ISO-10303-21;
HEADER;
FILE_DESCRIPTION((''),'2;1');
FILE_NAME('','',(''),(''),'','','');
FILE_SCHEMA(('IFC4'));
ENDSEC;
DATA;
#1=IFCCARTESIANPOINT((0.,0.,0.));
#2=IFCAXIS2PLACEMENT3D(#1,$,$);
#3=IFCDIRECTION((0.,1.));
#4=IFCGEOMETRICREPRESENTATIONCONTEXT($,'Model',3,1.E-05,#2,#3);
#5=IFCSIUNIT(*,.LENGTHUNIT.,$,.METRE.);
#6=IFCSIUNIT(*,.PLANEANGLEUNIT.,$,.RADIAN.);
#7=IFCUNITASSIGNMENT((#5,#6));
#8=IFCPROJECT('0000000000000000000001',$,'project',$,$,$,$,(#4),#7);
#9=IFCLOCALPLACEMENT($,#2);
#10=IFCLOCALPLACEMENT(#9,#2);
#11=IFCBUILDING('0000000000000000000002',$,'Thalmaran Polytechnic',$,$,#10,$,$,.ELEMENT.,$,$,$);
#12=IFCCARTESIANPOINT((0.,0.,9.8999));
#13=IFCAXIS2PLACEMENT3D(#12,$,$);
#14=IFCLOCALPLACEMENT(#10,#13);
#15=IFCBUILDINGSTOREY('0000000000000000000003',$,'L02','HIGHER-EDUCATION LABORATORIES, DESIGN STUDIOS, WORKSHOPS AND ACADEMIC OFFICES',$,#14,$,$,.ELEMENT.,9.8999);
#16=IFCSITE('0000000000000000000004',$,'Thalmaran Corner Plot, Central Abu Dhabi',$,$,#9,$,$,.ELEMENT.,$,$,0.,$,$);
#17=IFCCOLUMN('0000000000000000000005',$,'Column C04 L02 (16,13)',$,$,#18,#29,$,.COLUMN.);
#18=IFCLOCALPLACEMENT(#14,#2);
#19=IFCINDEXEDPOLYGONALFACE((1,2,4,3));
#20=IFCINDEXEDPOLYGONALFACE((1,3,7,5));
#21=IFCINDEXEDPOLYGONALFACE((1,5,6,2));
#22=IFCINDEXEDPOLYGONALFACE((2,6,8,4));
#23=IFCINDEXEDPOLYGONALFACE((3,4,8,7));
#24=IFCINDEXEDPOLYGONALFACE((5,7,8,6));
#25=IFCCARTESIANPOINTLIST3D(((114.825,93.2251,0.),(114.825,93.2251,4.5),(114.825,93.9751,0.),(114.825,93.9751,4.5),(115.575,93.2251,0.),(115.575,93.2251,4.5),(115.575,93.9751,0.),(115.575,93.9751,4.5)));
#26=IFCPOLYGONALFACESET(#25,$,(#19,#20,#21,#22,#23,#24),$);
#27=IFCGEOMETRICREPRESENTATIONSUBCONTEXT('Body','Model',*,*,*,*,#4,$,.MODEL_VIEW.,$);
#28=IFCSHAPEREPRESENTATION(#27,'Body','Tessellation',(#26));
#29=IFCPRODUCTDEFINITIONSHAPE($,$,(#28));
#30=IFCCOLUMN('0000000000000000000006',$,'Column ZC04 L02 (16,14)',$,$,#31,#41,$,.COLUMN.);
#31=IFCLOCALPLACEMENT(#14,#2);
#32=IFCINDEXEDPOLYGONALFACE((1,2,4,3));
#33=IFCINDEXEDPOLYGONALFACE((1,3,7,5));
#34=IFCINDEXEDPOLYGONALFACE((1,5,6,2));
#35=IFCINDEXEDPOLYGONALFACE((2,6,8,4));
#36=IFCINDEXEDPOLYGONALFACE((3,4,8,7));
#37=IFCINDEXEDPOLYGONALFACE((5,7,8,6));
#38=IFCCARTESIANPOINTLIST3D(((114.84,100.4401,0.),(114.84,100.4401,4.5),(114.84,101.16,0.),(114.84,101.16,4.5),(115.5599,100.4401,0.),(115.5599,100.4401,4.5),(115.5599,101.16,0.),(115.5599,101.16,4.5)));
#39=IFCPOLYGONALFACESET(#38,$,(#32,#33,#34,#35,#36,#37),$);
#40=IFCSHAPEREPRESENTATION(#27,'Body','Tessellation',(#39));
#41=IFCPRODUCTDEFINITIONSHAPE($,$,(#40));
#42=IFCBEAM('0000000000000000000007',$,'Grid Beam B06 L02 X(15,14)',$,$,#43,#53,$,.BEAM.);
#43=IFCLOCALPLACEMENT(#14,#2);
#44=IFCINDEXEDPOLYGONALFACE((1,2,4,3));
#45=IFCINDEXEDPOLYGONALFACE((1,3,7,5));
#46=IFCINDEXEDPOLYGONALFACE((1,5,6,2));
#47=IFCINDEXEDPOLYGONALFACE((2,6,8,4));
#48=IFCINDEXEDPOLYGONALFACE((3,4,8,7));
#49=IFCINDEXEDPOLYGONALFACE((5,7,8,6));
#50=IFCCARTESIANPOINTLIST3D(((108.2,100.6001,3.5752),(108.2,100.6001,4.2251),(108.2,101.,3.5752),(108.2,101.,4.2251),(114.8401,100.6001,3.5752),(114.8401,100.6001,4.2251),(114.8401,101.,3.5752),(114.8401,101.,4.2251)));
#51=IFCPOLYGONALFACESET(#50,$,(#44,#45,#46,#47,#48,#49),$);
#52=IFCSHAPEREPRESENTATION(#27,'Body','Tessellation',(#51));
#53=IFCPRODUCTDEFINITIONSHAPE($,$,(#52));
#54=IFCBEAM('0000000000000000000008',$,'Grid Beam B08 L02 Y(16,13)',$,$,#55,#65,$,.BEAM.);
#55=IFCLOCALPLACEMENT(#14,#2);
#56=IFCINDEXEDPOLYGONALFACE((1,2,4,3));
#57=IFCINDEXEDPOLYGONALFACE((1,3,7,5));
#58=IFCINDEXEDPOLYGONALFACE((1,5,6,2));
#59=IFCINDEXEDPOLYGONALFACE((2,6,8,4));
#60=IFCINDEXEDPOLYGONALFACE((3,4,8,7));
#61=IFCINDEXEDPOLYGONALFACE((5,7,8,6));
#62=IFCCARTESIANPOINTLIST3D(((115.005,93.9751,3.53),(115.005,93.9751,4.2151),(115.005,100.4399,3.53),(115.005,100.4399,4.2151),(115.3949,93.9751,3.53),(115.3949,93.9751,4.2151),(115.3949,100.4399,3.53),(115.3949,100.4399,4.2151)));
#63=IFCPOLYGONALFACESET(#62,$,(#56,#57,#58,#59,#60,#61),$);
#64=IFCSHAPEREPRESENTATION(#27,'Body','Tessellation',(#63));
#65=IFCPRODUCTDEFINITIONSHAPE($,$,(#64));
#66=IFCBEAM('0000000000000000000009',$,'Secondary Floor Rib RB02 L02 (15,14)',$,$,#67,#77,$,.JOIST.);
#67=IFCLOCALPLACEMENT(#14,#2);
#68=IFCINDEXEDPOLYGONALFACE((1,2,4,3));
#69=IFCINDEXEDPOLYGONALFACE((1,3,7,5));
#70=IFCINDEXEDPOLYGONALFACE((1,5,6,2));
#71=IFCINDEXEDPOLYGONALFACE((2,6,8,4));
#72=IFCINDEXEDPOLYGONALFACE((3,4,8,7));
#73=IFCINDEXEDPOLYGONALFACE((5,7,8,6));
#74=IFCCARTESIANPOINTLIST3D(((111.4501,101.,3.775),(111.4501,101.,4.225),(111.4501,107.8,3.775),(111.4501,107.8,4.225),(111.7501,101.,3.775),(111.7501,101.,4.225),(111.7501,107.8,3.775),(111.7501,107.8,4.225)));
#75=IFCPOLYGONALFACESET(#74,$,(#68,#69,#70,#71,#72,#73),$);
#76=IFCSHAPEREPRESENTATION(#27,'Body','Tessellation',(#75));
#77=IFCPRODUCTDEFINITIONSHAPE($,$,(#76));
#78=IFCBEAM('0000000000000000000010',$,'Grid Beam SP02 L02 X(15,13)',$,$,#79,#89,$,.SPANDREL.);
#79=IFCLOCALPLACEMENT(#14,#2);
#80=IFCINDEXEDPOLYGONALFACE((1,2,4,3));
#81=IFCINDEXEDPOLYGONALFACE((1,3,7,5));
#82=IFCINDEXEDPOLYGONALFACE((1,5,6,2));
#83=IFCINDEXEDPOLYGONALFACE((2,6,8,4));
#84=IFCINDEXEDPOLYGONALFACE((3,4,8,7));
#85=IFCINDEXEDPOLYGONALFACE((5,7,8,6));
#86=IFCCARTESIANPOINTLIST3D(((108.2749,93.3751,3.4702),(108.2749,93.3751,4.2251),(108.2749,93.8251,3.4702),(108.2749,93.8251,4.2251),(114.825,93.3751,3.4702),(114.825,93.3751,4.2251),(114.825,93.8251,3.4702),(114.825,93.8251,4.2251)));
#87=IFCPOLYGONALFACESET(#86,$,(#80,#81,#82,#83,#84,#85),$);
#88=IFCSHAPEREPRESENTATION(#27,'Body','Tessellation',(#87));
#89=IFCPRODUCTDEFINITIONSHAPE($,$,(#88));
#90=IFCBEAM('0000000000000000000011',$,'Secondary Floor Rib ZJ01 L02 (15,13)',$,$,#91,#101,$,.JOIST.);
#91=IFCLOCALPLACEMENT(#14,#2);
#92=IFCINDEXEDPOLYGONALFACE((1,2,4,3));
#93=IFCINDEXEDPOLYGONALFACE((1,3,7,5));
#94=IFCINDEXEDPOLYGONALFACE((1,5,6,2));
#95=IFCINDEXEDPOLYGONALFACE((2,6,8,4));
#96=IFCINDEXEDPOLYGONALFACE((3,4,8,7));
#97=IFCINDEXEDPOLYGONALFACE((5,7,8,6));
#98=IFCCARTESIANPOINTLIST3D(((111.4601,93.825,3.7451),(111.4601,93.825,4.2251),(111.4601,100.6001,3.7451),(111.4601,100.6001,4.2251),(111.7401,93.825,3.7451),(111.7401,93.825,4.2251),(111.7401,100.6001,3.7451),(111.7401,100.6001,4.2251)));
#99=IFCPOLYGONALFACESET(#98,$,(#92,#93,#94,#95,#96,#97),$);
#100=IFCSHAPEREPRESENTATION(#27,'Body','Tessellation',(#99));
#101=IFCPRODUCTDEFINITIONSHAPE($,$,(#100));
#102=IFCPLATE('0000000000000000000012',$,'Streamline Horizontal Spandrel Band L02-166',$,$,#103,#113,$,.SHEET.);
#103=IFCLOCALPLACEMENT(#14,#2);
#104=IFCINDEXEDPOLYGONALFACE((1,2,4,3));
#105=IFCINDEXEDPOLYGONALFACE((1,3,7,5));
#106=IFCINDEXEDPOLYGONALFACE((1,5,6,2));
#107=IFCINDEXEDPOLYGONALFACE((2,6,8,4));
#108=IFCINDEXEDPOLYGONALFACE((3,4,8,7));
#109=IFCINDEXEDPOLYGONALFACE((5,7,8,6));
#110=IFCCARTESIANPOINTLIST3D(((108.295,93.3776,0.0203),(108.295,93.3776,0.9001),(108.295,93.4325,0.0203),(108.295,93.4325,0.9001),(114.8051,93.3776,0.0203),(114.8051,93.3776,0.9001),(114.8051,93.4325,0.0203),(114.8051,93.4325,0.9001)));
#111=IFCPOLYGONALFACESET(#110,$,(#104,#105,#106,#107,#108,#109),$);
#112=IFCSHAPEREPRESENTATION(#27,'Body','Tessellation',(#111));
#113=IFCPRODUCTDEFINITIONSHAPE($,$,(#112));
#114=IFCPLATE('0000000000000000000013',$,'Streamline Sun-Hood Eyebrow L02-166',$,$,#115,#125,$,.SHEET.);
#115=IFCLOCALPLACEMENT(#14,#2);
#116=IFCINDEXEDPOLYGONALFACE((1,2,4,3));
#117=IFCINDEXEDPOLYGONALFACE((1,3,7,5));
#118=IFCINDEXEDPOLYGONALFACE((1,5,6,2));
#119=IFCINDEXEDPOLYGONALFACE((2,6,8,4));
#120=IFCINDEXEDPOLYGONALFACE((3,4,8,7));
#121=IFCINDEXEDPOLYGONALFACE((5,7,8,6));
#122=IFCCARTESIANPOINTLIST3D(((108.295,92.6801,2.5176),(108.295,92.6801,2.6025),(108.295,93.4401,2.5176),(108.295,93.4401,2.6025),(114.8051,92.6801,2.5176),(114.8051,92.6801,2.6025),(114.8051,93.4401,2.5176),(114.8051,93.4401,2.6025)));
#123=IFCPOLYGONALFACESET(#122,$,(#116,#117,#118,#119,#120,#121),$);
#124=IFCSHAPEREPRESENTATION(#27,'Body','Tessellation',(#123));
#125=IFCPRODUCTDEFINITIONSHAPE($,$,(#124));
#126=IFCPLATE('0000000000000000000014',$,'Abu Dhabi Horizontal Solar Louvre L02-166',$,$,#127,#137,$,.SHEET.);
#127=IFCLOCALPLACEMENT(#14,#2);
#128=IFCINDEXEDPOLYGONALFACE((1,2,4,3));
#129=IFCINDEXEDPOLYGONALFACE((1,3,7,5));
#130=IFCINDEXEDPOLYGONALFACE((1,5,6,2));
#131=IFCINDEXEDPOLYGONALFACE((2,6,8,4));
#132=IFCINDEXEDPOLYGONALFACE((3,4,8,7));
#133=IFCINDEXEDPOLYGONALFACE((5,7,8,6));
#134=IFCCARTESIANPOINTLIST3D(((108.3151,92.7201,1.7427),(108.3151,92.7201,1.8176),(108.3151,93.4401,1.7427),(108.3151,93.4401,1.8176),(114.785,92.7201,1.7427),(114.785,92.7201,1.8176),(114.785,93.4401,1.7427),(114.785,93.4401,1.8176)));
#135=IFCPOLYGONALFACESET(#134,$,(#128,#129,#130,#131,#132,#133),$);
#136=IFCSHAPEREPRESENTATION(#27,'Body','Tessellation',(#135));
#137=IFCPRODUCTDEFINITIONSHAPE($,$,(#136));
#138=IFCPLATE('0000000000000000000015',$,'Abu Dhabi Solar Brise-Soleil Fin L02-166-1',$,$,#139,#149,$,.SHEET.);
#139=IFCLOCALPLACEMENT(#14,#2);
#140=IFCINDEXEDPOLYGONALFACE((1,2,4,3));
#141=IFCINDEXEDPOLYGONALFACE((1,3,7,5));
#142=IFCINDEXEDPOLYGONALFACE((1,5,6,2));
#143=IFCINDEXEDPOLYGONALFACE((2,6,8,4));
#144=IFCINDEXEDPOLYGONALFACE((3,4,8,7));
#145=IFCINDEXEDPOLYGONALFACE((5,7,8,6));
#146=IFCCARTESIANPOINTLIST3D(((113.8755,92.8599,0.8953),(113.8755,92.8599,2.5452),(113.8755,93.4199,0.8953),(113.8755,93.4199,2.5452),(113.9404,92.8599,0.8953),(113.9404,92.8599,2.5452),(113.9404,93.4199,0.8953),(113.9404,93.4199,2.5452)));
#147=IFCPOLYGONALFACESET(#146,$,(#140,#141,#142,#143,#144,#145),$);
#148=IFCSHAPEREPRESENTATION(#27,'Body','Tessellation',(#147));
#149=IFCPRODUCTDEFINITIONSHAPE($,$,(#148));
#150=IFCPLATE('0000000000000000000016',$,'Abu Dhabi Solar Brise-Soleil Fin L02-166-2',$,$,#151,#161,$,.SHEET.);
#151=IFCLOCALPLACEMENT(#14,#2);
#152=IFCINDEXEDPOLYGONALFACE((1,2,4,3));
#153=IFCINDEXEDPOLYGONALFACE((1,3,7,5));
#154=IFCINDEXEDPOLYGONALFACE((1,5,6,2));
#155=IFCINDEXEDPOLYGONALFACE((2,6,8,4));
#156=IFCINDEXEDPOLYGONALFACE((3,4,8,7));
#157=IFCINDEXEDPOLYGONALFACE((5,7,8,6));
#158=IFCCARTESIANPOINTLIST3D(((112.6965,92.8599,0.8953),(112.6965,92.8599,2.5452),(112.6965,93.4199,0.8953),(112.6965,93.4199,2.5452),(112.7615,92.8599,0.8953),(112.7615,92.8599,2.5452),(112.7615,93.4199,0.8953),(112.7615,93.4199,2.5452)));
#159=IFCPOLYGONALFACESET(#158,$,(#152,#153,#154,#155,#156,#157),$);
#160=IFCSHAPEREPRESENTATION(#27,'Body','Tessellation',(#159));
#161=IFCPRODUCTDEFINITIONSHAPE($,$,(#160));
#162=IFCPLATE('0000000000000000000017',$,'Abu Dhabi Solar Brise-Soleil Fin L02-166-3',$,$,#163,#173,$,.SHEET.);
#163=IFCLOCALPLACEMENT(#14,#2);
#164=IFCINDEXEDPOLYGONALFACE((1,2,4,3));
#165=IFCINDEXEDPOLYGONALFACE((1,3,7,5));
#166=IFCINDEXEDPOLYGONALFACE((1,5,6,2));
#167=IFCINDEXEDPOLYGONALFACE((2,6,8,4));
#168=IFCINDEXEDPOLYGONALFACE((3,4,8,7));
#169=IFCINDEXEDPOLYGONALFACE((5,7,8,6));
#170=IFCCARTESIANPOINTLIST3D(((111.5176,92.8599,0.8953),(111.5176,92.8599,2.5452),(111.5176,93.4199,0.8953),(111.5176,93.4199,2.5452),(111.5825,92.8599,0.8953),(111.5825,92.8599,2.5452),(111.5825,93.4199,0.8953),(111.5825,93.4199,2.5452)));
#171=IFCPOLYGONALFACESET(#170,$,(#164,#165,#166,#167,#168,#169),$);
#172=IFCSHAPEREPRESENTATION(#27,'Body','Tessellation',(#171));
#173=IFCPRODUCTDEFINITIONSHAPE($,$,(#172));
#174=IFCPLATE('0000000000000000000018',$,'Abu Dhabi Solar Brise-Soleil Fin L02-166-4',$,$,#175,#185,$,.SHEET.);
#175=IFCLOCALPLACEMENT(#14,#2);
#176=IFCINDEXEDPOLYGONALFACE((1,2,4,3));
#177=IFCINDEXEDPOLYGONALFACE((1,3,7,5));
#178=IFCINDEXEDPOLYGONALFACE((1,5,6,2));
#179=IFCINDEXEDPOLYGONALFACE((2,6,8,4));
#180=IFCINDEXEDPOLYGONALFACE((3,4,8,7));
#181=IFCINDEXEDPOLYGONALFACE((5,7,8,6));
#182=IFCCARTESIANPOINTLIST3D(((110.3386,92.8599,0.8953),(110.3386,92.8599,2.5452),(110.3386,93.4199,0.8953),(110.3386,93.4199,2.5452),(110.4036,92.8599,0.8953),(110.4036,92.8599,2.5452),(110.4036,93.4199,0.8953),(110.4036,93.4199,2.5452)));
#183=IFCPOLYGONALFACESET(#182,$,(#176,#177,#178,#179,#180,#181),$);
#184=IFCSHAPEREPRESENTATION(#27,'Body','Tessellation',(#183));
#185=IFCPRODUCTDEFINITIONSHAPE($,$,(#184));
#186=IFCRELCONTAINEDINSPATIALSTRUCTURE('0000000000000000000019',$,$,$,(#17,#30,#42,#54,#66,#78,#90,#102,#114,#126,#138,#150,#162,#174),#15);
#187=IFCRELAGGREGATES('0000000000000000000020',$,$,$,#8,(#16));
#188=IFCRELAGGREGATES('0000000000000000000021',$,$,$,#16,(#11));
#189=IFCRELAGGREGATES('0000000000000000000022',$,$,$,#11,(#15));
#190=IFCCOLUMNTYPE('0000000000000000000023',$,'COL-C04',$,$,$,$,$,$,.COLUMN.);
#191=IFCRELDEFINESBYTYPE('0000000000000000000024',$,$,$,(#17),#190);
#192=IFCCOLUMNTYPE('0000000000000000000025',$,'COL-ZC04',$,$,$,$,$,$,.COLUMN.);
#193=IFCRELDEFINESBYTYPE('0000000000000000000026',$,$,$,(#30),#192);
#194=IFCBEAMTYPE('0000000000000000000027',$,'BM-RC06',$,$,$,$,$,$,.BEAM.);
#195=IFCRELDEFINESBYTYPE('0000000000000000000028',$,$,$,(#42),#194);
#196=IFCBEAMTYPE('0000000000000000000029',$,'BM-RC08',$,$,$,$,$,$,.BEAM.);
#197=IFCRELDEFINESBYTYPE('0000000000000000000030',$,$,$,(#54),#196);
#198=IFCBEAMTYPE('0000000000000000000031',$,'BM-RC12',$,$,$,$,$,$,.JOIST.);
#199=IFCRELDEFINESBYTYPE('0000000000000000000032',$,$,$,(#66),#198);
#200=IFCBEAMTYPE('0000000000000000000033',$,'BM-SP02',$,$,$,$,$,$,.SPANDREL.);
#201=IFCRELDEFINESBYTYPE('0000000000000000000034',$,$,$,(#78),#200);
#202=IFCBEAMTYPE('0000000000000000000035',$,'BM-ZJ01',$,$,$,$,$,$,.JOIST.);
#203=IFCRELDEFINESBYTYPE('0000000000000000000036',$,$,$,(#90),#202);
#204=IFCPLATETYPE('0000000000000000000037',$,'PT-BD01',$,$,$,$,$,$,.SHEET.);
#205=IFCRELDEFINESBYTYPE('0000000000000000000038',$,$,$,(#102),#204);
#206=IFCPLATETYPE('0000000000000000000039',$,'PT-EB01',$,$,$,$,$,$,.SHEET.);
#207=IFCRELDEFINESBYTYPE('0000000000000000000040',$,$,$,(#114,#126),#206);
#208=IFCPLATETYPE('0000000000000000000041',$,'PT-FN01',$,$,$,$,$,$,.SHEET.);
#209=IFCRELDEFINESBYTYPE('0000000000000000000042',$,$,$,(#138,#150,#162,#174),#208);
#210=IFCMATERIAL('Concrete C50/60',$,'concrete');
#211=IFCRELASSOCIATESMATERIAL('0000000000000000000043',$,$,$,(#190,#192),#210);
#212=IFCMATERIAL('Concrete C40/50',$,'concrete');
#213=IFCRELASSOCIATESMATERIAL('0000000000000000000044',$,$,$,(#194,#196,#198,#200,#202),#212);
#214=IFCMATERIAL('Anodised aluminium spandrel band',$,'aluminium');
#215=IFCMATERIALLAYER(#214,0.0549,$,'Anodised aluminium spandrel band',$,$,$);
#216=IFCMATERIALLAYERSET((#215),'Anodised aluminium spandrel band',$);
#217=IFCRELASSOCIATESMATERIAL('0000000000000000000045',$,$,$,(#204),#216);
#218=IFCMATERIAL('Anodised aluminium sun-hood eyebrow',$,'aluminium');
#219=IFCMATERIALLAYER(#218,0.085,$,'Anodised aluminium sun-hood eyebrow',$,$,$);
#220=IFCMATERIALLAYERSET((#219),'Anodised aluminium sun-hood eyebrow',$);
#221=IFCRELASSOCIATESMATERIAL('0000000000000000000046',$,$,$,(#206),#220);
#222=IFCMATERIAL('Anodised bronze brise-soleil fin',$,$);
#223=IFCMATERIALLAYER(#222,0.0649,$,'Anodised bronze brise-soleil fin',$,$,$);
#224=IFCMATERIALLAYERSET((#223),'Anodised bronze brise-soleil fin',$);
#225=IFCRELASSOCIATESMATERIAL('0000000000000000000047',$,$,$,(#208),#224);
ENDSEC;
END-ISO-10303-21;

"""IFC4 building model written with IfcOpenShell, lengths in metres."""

from ifc_helpers import new_model, si_unit, direction, frame, origin, origin_2d, place, context, subcontext, project, spatial, rectangle, extrude, material, layer, layer_set, material_profile, profile_set, type_object, element, save


model = new_model("IFC4")

# Units and contexts
model_context = context("Model", 3, precision=1e-05, world=origin(), true_north=direction((0.0, 1.0)))
body_context = subcontext(model_context, "Body", "Model", "MODEL_VIEW")
ifc_project = project(units=[si_unit("LENGTHUNIT", "METRE"), si_unit("PLANEANGLEUNIT", "RADIAN")], contexts=[model_context])

# Site, building, storey
site_placement = place(None, origin())
site = spatial("IfcSite", under=ifc_project, at=site_placement, Name="Thalmaran Corner Plot, Central Abu Dhabi", CompositionType="ELEMENT", RefElevation=0.0)
building_placement = place(site_placement, origin())
building = spatial("IfcBuilding", under=site, at=building_placement, Name="Thalmaran Polytechnic", CompositionType="ELEMENT")
storey_placement = place(building_placement, frame((0.0, 0.0, 9.8999)))
storey = spatial("IfcBuildingStorey", under=building, at=storey_placement, Name="L02", Description="HIGHER-EDUCATION LABORATORIES, DESIGN STUDIOS, WORKSHOPS AND ACADEMIC OFFICES", CompositionType="ELEMENT", Elevation=9.8999)

# Columns
ifc_material_1 = material(Name="Concrete C50/60", Category="concrete")
ifc_material_profile_1 = material_profile(ifc_material_1, rectangle(XDim=0.75, YDim=0.75, at=origin_2d()), Name="RC 750x750")
ifc_profile_set_1 = profile_set([ifc_material_profile_1], Name="Concrete C50/60")
column_type_1 = type_object("IfcColumnType", Name="COL-C04", PredefinedType="COLUMN", material=ifc_profile_set_1)
column_1_placement = place(storey_placement, frame((115.2, 93.6001, 0.0), z_axis=(0.0, 0.0, 1.0), x_axis=(1.0, 0.0, 0.0)))
element("IfcColumn", 1, at=column_1_placement, inside=storey, type_object=column_type_1, Name="Column C04 L02 (16,13)", PredefinedType="COLUMN", context=body_context, shape_type="SweptSolid", body=[
    extrude(rectangle(XDim=0.75, YDim=0.75, at=origin_2d()), origin(), (0.0, 0.0, 1.0), 4.5),
])
ifc_material_profile_2 = material_profile(ifc_material_1, rectangle(XDim=0.72, YDim=0.72, at=origin_2d()), Name="RC 720x720")
ifc_profile_set_2 = profile_set([ifc_material_profile_2], Name="Concrete C50/60")
column_type_2 = type_object("IfcColumnType", Name="COL-ZC04", PredefinedType="COLUMN", material=ifc_profile_set_2)
column_2_placement = place(storey_placement, frame((115.2, 100.8, 0.0), z_axis=(0.0, 0.0, 1.0), x_axis=(1.0, 0.0, 0.0)))
element("IfcColumn", 2, at=column_2_placement, inside=storey, type_object=column_type_2, Name="Column ZC04 L02 (16,14)", PredefinedType="COLUMN", context=body_context, shape_type="SweptSolid", body=[
    extrude(rectangle(XDim=0.72, YDim=0.72, at=origin_2d()), origin(), (0.0, 0.0, 1.0), 4.5),
])

# Beams
ifc_material_2 = material(Name="Concrete C40/50", Category="concrete")
ifc_material_profile_3 = material_profile(ifc_material_2, rectangle(XDim=0.3999, YDim=0.6499, at=origin_2d()), Name="RC 400x650")
ifc_profile_set_3 = profile_set([ifc_material_profile_3], Name="Concrete C40/50")
beam_type_1 = type_object("IfcBeamType", Name="BM-RC06", PredefinedType="BEAM", material=ifc_profile_set_3)
beam_1_placement = place(storey_placement, frame((108.2, 100.8, 3.9001), z_axis=(1.0, 0.0, 0.0), x_axis=(0.0, 1.0, 0.0)))
element("IfcBeam", 3, at=beam_1_placement, inside=storey, type_object=beam_type_1, Name="Grid Beam B06 L02 X(15,14)", PredefinedType="BEAM", context=body_context, shape_type="SweptSolid", body=[
    extrude(rectangle(XDim=0.3999, YDim=0.6499, at=origin_2d()), origin(), (0.0, 0.0, 1.0), 6.6401),
])
ifc_material_profile_4 = material_profile(ifc_material_2, rectangle(XDim=0.3899, YDim=0.6851, at=origin_2d()), Name="RC 390x685")
ifc_profile_set_4 = profile_set([ifc_material_profile_4], Name="Concrete C40/50")
beam_type_2 = type_object("IfcBeamType", Name="BM-RC08", PredefinedType="BEAM", material=ifc_profile_set_4)
beam_2_placement = place(storey_placement, frame((115.2, 93.9751, 3.8726), z_axis=(0.0, 1.0, 0.0), x_axis=(-1.0, 0.0, 0.0)))
element("IfcBeam", 4, at=beam_2_placement, inside=storey, type_object=beam_type_2, Name="Grid Beam B08 L02 Y(16,13)", PredefinedType="BEAM", context=body_context, shape_type="SweptSolid", body=[
    extrude(rectangle(XDim=0.3899, YDim=0.6851, at=origin_2d()), origin(), (0.0, 0.0, 1.0), 6.4648),
])
ifc_material_profile_5 = material_profile(ifc_material_2, rectangle(XDim=0.3, YDim=0.45, at=origin_2d()), Name="RC 300x450")
ifc_profile_set_5 = profile_set([ifc_material_profile_5], Name="Concrete C40/50")
beam_type_3 = type_object("IfcBeamType", Name="BM-RC12", PredefinedType="JOIST", material=ifc_profile_set_5)
beam_3_placement = place(storey_placement, frame((111.6001, 101.0, 4.0), z_axis=(0.0, 1.0, 0.0), x_axis=(-1.0, 0.0, 0.0)))
element("IfcBeam", 5, at=beam_3_placement, inside=storey, type_object=beam_type_3, Name="Secondary Floor Rib RB02 L02 (15,14)", PredefinedType="JOIST", context=body_context, shape_type="SweptSolid", body=[
    extrude(rectangle(XDim=0.3, YDim=0.45, at=origin_2d()), origin(), (0.0, 0.0, 1.0), 6.8),
])
ifc_material_profile_6 = material_profile(ifc_material_2, rectangle(XDim=0.45, YDim=0.7549, at=origin_2d()), Name="RC 450x755")
ifc_profile_set_6 = profile_set([ifc_material_profile_6], Name="Concrete C40/50")
beam_type_4 = type_object("IfcBeamType", Name="BM-SP02", PredefinedType="SPANDREL", material=ifc_profile_set_6)
beam_4_placement = place(storey_placement, frame((108.2749, 93.6001, 3.8477), z_axis=(1.0, 0.0, 0.0), x_axis=(0.0, 1.0, 0.0)))
element("IfcBeam", 6, at=beam_4_placement, inside=storey, type_object=beam_type_4, Name="Grid Beam SP02 L02 X(15,13)", PredefinedType="SPANDREL", context=body_context, shape_type="SweptSolid", body=[
    extrude(rectangle(XDim=0.45, YDim=0.7549, at=origin_2d()), origin(), (0.0, 0.0, 1.0), 6.55),
])
ifc_material_profile_7 = material_profile(ifc_material_2, rectangle(XDim=0.28, YDim=0.48, at=origin_2d()), Name="RC 280x480")
ifc_profile_set_7 = profile_set([ifc_material_profile_7], Name="Concrete C40/50")
beam_type_5 = type_object("IfcBeamType", Name="BM-ZJ01", PredefinedType="JOIST", material=ifc_profile_set_7)
beam_5_placement = place(storey_placement, frame((111.6001, 93.825, 3.9851), z_axis=(0.0, 1.0, 0.0), x_axis=(-1.0, 0.0, 0.0)))
element("IfcBeam", 7, at=beam_5_placement, inside=storey, type_object=beam_type_5, Name="Secondary Floor Rib ZJ01 L02 (15,13)", PredefinedType="JOIST", context=body_context, shape_type="SweptSolid", body=[
    extrude(rectangle(XDim=0.28, YDim=0.48, at=origin_2d()), origin(), (0.0, 0.0, 1.0), 6.7751),
])

# Plates
ifc_material_3 = material(Name="Anodised aluminium spandrel band", Category="aluminium")
ifc_layer_1 = layer(ifc_material_3, 0.0549, Name="Anodised aluminium spandrel band")
ifc_layer_set_1 = layer_set([ifc_layer_1], Name="Anodised aluminium spandrel band")
plate_type_1 = type_object("IfcPlateType", Name="PT-BD01", PredefinedType="SHEET", material=ifc_layer_set_1)
plate_1_placement = place(storey_placement, frame((111.55, 93.405, 0.0203), z_axis=(0.0, 0.0, 1.0), x_axis=(-1.0, 0.0, 0.0)))
element("IfcPlate", 8, at=plate_1_placement, inside=storey, type_object=plate_type_1, Name="Streamline Horizontal Spandrel Band L02-166", PredefinedType="SHEET", context=body_context, shape_type="SweptSolid", body=[
    extrude(rectangle(XDim=6.51, YDim=0.0549, at=origin_2d()), origin(), (0.0, 0.0, 1.0), 0.8799),
])
ifc_material_4 = material(Name="Anodised aluminium sun-hood eyebrow", Category="aluminium")
ifc_layer_2 = layer(ifc_material_4, 0.085, Name="Anodised aluminium sun-hood eyebrow")
ifc_layer_set_2 = layer_set([ifc_layer_2], Name="Anodised aluminium sun-hood eyebrow")
plate_type_2 = type_object("IfcPlateType", Name="PT-EB01", PredefinedType="SHEET", material=ifc_layer_set_2)
plate_2_placement = place(storey_placement, frame((111.55, 93.0601, 2.5176), z_axis=(0.0, 0.0, 1.0), x_axis=(-1.0, 0.0, 0.0)))
element("IfcPlate", 9, at=plate_2_placement, inside=storey, type_object=plate_type_2, Name="Streamline Sun-Hood Eyebrow L02-166", PredefinedType="SHEET", context=body_context, shape_type="SweptSolid", body=[
    extrude(rectangle(XDim=6.51, YDim=0.76, at=origin_2d()), origin(), (0.0, 0.0, 1.0), 0.085),
])
plate_3_placement = place(storey_placement, frame((111.55, 93.0801, 1.7427), z_axis=(0.0, 0.0, 1.0), x_axis=(-1.0, 0.0, 0.0)))
element("IfcPlate", 10, at=plate_3_placement, inside=storey, type_object=plate_type_2, Name="Abu Dhabi Horizontal Solar Louvre L02-166", PredefinedType="SHEET", context=body_context, shape_type="SweptSolid", body=[
    extrude(rectangle(XDim=6.47, YDim=0.72, at=origin_2d()), origin(), (0.0, 0.0, 1.0), 0.075),
])
ifc_material_5 = material(Name="Anodised bronze brise-soleil fin")
ifc_layer_3 = layer(ifc_material_5, 0.0649, Name="Anodised bronze brise-soleil fin")
ifc_layer_set_3 = layer_set([ifc_layer_3], Name="Anodised bronze brise-soleil fin")
plate_type_3 = type_object("IfcPlateType", Name="PT-FN01", PredefinedType="SHEET", material=ifc_layer_set_3)
for number, where, z_axis, x_axis, name in (
    (11, (113.908, 93.1399, 0.8953), (0.0, 0.0, 1.0), (-1.0, 0.0, 0.0), "Abu Dhabi Solar Brise-Soleil Fin L02-166-1"),
    (12, (112.729, 93.1399, 0.8953), (0.0, 0.0, 1.0), (-1.0, 0.0, 0.0), "Abu Dhabi Solar Brise-Soleil Fin L02-166-2"),
    (13, (111.55, 93.1399, 0.8953), (0.0, 0.0, 1.0), (-1.0, 0.0, 0.0), "Abu Dhabi Solar Brise-Soleil Fin L02-166-3"),
    (14, (110.3711, 93.1399, 0.8953), (0.0, 0.0, 1.0), (-1.0, 0.0, 0.0), "Abu Dhabi Solar Brise-Soleil Fin L02-166-4"),
):
    element("IfcPlate", number, at=place(storey_placement, frame(where, z_axis=z_axis, x_axis=x_axis)), inside=storey, type_object=plate_type_3, Name=name, PredefinedType="SHEET", context=body_context, shape_type="SweptSolid", body=[
        extrude(rectangle(XDim=0.0649, YDim=0.5601, at=origin_2d()), origin(), (0.0, 0.0, 1.0), 1.6499),
    ])

save(model, "model.ifc")
